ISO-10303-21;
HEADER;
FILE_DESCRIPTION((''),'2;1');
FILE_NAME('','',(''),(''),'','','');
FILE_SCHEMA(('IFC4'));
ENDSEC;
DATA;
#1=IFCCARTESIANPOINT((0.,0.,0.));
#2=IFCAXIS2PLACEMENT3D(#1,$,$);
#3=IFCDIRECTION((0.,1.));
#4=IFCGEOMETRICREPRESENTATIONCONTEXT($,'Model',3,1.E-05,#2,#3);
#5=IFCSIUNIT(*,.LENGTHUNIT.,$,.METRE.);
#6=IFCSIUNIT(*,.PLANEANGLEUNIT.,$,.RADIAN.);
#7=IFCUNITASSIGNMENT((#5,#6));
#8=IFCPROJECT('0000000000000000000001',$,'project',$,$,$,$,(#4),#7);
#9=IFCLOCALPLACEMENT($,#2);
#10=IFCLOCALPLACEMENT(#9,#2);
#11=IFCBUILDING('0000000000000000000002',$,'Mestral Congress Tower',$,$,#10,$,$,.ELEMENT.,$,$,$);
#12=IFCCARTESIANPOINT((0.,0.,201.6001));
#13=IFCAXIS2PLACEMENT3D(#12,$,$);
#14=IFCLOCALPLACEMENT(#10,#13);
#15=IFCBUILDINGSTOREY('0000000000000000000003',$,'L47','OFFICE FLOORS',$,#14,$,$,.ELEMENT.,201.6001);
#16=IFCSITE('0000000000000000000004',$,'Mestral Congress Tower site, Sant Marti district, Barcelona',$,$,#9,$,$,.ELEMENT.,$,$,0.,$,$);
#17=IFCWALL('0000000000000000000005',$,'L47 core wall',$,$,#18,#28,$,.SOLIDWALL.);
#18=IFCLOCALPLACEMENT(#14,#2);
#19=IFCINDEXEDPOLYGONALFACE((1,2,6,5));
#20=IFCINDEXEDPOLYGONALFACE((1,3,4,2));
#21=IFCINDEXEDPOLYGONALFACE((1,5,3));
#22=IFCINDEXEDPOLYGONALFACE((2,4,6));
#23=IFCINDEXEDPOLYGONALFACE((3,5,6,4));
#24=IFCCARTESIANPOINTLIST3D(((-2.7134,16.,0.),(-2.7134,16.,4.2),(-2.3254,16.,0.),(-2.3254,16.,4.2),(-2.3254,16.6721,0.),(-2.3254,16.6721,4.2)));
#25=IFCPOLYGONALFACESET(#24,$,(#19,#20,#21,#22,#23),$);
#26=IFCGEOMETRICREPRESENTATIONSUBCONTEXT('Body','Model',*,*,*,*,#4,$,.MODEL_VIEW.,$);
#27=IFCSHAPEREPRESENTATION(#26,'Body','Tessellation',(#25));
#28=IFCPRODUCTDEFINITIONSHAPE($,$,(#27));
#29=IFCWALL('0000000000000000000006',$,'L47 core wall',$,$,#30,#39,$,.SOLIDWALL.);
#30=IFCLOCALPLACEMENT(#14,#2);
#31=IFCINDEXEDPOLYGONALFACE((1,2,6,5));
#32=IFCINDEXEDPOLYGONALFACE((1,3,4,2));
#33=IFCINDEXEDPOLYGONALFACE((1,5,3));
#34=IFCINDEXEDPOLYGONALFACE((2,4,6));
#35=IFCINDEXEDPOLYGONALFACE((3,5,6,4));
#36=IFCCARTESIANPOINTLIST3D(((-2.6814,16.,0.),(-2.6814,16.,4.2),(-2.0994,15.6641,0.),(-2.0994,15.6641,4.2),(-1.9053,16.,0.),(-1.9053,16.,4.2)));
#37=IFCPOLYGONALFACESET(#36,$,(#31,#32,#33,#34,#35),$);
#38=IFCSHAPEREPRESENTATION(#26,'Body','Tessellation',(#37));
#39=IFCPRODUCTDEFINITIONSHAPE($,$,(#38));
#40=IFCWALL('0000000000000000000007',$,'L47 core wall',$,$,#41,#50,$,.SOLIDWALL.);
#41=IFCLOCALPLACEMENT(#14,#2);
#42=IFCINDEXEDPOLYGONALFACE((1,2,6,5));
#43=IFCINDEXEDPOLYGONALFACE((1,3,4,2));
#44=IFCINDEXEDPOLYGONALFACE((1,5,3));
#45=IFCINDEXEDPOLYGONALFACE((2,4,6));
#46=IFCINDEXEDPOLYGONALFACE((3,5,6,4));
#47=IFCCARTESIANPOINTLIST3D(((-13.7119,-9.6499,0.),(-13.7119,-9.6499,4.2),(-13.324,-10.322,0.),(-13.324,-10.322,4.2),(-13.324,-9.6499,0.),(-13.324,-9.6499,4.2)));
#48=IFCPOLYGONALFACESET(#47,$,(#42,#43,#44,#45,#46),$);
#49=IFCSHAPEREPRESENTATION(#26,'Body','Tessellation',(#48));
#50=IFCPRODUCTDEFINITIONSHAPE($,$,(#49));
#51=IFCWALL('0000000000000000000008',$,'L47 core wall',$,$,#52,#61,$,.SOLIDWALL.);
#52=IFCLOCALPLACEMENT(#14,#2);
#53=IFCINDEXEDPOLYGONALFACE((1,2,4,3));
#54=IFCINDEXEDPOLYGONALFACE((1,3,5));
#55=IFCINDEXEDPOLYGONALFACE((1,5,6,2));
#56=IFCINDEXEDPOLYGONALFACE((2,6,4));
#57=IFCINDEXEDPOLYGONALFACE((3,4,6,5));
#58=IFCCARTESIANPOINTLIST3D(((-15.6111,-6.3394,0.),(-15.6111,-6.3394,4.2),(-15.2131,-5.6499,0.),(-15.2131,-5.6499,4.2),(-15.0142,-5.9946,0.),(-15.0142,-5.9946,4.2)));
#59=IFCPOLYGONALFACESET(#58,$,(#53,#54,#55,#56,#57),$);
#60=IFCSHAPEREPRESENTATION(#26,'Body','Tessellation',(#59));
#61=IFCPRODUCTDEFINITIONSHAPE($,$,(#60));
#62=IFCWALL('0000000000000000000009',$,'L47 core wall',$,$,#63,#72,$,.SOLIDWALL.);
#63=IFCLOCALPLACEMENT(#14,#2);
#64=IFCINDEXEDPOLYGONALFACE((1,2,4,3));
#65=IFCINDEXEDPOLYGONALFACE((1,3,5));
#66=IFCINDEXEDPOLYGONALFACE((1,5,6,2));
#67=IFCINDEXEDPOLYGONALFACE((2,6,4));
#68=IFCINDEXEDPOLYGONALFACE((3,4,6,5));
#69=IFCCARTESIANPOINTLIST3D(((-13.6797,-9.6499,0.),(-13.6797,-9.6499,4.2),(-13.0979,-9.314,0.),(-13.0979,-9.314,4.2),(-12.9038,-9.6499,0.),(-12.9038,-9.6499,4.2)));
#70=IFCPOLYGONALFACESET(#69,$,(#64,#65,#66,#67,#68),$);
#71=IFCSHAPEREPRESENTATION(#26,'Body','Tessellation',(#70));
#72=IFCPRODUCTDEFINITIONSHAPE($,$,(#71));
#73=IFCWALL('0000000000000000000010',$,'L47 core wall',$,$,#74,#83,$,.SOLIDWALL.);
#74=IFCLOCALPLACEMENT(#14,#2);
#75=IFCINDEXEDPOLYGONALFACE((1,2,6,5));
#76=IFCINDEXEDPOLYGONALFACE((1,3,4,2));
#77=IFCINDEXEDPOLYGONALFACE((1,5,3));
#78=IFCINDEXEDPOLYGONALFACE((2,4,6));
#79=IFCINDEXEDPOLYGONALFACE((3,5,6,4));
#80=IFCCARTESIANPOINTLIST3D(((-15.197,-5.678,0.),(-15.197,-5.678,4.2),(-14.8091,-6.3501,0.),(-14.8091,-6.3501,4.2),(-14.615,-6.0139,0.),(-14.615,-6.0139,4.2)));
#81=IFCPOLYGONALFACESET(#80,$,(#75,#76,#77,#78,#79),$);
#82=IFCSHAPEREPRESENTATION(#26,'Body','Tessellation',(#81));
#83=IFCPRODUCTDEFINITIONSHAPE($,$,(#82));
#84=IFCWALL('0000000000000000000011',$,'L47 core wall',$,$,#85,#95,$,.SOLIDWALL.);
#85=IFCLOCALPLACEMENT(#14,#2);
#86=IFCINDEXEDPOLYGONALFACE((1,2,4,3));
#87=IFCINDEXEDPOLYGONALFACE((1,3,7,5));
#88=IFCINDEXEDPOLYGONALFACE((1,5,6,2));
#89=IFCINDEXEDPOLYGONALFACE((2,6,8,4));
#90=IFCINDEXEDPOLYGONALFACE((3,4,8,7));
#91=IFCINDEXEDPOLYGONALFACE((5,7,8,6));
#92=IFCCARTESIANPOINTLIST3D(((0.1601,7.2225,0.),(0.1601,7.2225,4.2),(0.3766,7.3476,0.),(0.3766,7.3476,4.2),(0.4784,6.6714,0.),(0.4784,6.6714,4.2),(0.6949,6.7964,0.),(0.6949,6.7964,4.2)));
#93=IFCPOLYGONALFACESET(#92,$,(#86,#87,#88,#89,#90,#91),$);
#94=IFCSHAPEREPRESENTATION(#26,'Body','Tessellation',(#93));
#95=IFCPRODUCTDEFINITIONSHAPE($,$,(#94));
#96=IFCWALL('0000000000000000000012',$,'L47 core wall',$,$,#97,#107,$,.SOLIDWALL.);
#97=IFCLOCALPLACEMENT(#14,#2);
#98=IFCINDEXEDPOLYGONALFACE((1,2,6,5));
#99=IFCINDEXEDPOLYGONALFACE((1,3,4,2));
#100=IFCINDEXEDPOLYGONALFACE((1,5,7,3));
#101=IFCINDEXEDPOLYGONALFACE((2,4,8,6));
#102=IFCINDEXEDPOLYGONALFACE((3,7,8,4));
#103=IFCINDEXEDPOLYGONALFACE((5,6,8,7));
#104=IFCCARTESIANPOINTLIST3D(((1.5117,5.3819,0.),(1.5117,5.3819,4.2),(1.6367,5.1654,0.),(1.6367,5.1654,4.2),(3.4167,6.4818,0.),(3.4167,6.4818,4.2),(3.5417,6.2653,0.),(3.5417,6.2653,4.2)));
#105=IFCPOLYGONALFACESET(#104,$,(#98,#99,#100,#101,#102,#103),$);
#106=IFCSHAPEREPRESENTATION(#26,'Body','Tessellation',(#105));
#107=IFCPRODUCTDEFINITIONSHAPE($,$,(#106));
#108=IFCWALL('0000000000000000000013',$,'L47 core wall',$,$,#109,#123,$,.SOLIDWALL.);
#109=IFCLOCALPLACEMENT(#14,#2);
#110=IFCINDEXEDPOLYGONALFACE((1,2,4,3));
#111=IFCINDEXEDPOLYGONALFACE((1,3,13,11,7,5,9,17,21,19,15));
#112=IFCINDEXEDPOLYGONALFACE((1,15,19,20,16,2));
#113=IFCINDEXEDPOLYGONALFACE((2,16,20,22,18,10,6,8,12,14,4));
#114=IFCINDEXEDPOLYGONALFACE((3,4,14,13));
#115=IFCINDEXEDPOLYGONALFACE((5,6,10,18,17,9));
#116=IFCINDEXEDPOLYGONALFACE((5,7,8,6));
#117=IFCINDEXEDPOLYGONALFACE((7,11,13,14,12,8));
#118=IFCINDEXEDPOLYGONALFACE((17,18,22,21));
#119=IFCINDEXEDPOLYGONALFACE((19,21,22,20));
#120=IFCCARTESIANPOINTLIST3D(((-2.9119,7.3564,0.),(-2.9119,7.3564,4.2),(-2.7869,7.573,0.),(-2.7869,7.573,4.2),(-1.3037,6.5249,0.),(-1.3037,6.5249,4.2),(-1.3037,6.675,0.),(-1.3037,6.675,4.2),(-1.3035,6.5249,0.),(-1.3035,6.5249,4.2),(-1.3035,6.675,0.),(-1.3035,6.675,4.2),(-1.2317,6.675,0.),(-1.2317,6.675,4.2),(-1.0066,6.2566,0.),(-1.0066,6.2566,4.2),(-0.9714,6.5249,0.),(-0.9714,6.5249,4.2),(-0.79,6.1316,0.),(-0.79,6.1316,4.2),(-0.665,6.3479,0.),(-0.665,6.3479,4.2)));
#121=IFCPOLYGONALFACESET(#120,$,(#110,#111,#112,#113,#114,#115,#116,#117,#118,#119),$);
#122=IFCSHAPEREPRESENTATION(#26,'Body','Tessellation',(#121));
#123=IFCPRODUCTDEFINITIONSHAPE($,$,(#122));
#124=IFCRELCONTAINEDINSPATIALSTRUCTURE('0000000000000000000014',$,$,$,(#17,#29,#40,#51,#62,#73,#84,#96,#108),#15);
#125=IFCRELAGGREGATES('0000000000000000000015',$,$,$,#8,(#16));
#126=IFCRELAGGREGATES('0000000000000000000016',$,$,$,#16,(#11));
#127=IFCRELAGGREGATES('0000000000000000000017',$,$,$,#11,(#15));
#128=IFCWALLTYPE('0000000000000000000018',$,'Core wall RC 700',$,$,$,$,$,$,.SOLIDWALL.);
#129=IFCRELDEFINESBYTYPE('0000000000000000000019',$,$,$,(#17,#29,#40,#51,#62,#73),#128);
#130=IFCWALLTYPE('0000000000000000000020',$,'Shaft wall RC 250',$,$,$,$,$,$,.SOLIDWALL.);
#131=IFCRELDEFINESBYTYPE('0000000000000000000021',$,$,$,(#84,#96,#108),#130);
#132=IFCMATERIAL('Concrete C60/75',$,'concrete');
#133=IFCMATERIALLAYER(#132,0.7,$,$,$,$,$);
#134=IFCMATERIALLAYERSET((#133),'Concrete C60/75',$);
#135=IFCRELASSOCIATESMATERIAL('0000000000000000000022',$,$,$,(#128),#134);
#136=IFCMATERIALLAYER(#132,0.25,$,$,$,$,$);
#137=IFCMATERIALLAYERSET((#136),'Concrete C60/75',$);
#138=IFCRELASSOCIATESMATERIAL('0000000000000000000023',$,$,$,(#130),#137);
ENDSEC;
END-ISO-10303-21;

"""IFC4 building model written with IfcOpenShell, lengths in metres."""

from ifc_helpers import new_model, si_unit, direction, frame, frame_2d, origin, place, context, subcontext, project, spatial, polyline, rectangle, outline, extrude, material, layer, layer_set, type_object, element, save


model = new_model("IFC4")

# Units and contexts
model_context = context("Model", 3, precision=1e-05, world=origin(), true_north=direction((0.0, 1.0)))
body_context = subcontext(model_context, "Body", "Model", "MODEL_VIEW")
ifc_project = project(units=[si_unit("LENGTHUNIT", "METRE"), si_unit("PLANEANGLEUNIT", "RADIAN")], contexts=[model_context])

# Site, building, storey
site_placement = place(None, origin())
site = spatial("IfcSite", under=ifc_project, at=site_placement, Name="Mestral Congress Tower site, Sant Marti district, Barcelona", CompositionType="ELEMENT", RefElevation=0.0)
building_placement = place(site_placement, origin())
building = spatial("IfcBuilding", under=site, at=building_placement, Name="Mestral Congress Tower", CompositionType="ELEMENT")
storey_placement = place(building_placement, frame((0.0, 0.0, 201.6001)))
storey = spatial("IfcBuildingStorey", under=building, at=storey_placement, Name="L47", Description="OFFICE FLOORS", CompositionType="ELEMENT", Elevation=201.6001)

# Shared definitions
ifc_material_1 = material(Name="Concrete C60/75", Category="concrete")

# Walls
ifc_layer_1 = layer(ifc_material_1, 0.7)
ifc_layer_set_1 = layer_set([ifc_layer_1], Name="Concrete C60/75")
wall_type_1 = type_object("IfcWallType", Name="Core wall RC 700", PredefinedType="SOLIDWALL", material=ifc_layer_set_1)
placement = place(storey_placement, origin())
element("IfcWall", 1, at=placement, inside=storey, type_object=wall_type_1, Name="L47 core wall", PredefinedType="SOLIDWALL", context=body_context, shape_type="SweptSolid", body=[
    extrude(outline(polyline([(-2.7134, 16.0), (-2.3254, 16.6721), (-2.3254, 16.0), (-2.7134, 16.0)])), origin(), (0.0, 0.0, 1.0), 4.2),
])
element("IfcWall", 2, at=placement, inside=storey, type_object=wall_type_1, Name="L47 core wall", PredefinedType="SOLIDWALL", context=body_context, shape_type="SweptSolid", body=[
    extrude(outline(polyline([(-1.9053, 16.0), (-2.0994, 15.6641), (-2.6814, 16.0), (-1.9053, 16.0)])), origin(), (0.0, 0.0, 1.0), 4.2),
])
element("IfcWall", 3, at=placement, inside=storey, type_object=wall_type_1, Name="L47 core wall", PredefinedType="SOLIDWALL", context=body_context, shape_type="SweptSolid", body=[
    extrude(outline(polyline([(-13.7119, -9.6499), (-13.324, -9.6499), (-13.324, -10.322), (-13.7119, -9.6499)])), origin(), (0.0, 0.0, 1.0), 4.2),
])
element("IfcWall", 4, at=placement, inside=storey, type_object=wall_type_1, Name="L47 core wall", PredefinedType="SOLIDWALL", context=body_context, shape_type="SweptSolid", body=[
    extrude(outline(polyline([(-15.0142, -5.9946), (-15.6111, -6.3394), (-15.2131, -5.6499), (-15.0142, -5.9946)])), origin(), (0.0, 0.0, 1.0), 4.2),
])
element("IfcWall", 5, at=placement, inside=storey, type_object=wall_type_1, Name="L47 core wall", PredefinedType="SOLIDWALL", context=body_context, shape_type="SweptSolid", body=[
    extrude(outline(polyline([(-12.9038, -9.6499), (-13.6797, -9.6499), (-13.0979, -9.314), (-12.9038, -9.6499)])), origin(), (0.0, 0.0, 1.0), 4.2),
])
element("IfcWall", 6, at=placement, inside=storey, type_object=wall_type_1, Name="L47 core wall", PredefinedType="SOLIDWALL", context=body_context, shape_type="SweptSolid", body=[
    extrude(outline(polyline([(-14.8091, -6.3501), (-15.197, -5.678), (-14.615, -6.0139), (-14.8091, -6.3501)])), origin(), (0.0, 0.0, 1.0), 4.2),
])
ifc_layer_2 = layer(ifc_material_1, 0.25)
ifc_layer_set_2 = layer_set([ifc_layer_2], Name="Concrete C60/75")
wall_type_2 = type_object("IfcWallType", Name="Shaft wall RC 250", PredefinedType="SOLIDWALL", material=ifc_layer_set_2)
wall_1_placement = place(storey_placement, frame((0.2683, 7.2852, 0.0), z_axis=(0.0, 0.0, 1.0), x_axis=(0.500099, -0.865968, 0.0)))
element("IfcWall", 7, at=wall_1_placement, inside=storey, type_object=wall_type_2, Name="L47 core wall", PredefinedType="SOLIDWALL", context=body_context, shape_type="SweptSolid", body=[
    extrude(rectangle(XDim=0.6365, YDim=0.25, at=frame_2d((0.3184, 0.0))), origin(), (0.0, 0.0, 1.0), 4.2),
])
wall_2_placement = place(storey_placement, frame((1.5742, 5.2737, 0.0), z_axis=(0.0, 0.0, 1.0), x_axis=(0.866028, 0.499995, 0.0)))
element("IfcWall", 8, at=wall_2_placement, inside=storey, type_object=wall_type_2, Name="L47 core wall", PredefinedType="SOLIDWALL", context=body_context, shape_type="SweptSolid", body=[
    extrude(rectangle(XDim=2.1997, YDim=0.25, at=frame_2d((1.0999, 0.0))), origin(), (0.0, 0.0, 1.0), 4.2),
])
element("IfcWall", 9, at=placement, inside=storey, type_object=wall_type_2, Name="L47 core wall", PredefinedType="SOLIDWALL", context=body_context, shape_type="SweptSolid", body=[
    extrude(outline(polyline([(-2.9119, 7.3564), (-2.7869, 7.573), (-1.2317, 6.675), (-1.3035, 6.675), (-1.3037, 6.675), (-1.3037, 6.675), (-1.3037, 6.5249), (-1.3037, 6.5249), (-1.3035, 6.5249), (-0.9714, 6.5249), (-0.665, 6.3479), (-0.79, 6.1316), (-1.0066, 6.2566), (-1.0066, 6.2566), (-2.9119, 7.3564)])), origin(), (0.0, 0.0, 1.0), 4.2),
])

save(model, "model.ifc")
